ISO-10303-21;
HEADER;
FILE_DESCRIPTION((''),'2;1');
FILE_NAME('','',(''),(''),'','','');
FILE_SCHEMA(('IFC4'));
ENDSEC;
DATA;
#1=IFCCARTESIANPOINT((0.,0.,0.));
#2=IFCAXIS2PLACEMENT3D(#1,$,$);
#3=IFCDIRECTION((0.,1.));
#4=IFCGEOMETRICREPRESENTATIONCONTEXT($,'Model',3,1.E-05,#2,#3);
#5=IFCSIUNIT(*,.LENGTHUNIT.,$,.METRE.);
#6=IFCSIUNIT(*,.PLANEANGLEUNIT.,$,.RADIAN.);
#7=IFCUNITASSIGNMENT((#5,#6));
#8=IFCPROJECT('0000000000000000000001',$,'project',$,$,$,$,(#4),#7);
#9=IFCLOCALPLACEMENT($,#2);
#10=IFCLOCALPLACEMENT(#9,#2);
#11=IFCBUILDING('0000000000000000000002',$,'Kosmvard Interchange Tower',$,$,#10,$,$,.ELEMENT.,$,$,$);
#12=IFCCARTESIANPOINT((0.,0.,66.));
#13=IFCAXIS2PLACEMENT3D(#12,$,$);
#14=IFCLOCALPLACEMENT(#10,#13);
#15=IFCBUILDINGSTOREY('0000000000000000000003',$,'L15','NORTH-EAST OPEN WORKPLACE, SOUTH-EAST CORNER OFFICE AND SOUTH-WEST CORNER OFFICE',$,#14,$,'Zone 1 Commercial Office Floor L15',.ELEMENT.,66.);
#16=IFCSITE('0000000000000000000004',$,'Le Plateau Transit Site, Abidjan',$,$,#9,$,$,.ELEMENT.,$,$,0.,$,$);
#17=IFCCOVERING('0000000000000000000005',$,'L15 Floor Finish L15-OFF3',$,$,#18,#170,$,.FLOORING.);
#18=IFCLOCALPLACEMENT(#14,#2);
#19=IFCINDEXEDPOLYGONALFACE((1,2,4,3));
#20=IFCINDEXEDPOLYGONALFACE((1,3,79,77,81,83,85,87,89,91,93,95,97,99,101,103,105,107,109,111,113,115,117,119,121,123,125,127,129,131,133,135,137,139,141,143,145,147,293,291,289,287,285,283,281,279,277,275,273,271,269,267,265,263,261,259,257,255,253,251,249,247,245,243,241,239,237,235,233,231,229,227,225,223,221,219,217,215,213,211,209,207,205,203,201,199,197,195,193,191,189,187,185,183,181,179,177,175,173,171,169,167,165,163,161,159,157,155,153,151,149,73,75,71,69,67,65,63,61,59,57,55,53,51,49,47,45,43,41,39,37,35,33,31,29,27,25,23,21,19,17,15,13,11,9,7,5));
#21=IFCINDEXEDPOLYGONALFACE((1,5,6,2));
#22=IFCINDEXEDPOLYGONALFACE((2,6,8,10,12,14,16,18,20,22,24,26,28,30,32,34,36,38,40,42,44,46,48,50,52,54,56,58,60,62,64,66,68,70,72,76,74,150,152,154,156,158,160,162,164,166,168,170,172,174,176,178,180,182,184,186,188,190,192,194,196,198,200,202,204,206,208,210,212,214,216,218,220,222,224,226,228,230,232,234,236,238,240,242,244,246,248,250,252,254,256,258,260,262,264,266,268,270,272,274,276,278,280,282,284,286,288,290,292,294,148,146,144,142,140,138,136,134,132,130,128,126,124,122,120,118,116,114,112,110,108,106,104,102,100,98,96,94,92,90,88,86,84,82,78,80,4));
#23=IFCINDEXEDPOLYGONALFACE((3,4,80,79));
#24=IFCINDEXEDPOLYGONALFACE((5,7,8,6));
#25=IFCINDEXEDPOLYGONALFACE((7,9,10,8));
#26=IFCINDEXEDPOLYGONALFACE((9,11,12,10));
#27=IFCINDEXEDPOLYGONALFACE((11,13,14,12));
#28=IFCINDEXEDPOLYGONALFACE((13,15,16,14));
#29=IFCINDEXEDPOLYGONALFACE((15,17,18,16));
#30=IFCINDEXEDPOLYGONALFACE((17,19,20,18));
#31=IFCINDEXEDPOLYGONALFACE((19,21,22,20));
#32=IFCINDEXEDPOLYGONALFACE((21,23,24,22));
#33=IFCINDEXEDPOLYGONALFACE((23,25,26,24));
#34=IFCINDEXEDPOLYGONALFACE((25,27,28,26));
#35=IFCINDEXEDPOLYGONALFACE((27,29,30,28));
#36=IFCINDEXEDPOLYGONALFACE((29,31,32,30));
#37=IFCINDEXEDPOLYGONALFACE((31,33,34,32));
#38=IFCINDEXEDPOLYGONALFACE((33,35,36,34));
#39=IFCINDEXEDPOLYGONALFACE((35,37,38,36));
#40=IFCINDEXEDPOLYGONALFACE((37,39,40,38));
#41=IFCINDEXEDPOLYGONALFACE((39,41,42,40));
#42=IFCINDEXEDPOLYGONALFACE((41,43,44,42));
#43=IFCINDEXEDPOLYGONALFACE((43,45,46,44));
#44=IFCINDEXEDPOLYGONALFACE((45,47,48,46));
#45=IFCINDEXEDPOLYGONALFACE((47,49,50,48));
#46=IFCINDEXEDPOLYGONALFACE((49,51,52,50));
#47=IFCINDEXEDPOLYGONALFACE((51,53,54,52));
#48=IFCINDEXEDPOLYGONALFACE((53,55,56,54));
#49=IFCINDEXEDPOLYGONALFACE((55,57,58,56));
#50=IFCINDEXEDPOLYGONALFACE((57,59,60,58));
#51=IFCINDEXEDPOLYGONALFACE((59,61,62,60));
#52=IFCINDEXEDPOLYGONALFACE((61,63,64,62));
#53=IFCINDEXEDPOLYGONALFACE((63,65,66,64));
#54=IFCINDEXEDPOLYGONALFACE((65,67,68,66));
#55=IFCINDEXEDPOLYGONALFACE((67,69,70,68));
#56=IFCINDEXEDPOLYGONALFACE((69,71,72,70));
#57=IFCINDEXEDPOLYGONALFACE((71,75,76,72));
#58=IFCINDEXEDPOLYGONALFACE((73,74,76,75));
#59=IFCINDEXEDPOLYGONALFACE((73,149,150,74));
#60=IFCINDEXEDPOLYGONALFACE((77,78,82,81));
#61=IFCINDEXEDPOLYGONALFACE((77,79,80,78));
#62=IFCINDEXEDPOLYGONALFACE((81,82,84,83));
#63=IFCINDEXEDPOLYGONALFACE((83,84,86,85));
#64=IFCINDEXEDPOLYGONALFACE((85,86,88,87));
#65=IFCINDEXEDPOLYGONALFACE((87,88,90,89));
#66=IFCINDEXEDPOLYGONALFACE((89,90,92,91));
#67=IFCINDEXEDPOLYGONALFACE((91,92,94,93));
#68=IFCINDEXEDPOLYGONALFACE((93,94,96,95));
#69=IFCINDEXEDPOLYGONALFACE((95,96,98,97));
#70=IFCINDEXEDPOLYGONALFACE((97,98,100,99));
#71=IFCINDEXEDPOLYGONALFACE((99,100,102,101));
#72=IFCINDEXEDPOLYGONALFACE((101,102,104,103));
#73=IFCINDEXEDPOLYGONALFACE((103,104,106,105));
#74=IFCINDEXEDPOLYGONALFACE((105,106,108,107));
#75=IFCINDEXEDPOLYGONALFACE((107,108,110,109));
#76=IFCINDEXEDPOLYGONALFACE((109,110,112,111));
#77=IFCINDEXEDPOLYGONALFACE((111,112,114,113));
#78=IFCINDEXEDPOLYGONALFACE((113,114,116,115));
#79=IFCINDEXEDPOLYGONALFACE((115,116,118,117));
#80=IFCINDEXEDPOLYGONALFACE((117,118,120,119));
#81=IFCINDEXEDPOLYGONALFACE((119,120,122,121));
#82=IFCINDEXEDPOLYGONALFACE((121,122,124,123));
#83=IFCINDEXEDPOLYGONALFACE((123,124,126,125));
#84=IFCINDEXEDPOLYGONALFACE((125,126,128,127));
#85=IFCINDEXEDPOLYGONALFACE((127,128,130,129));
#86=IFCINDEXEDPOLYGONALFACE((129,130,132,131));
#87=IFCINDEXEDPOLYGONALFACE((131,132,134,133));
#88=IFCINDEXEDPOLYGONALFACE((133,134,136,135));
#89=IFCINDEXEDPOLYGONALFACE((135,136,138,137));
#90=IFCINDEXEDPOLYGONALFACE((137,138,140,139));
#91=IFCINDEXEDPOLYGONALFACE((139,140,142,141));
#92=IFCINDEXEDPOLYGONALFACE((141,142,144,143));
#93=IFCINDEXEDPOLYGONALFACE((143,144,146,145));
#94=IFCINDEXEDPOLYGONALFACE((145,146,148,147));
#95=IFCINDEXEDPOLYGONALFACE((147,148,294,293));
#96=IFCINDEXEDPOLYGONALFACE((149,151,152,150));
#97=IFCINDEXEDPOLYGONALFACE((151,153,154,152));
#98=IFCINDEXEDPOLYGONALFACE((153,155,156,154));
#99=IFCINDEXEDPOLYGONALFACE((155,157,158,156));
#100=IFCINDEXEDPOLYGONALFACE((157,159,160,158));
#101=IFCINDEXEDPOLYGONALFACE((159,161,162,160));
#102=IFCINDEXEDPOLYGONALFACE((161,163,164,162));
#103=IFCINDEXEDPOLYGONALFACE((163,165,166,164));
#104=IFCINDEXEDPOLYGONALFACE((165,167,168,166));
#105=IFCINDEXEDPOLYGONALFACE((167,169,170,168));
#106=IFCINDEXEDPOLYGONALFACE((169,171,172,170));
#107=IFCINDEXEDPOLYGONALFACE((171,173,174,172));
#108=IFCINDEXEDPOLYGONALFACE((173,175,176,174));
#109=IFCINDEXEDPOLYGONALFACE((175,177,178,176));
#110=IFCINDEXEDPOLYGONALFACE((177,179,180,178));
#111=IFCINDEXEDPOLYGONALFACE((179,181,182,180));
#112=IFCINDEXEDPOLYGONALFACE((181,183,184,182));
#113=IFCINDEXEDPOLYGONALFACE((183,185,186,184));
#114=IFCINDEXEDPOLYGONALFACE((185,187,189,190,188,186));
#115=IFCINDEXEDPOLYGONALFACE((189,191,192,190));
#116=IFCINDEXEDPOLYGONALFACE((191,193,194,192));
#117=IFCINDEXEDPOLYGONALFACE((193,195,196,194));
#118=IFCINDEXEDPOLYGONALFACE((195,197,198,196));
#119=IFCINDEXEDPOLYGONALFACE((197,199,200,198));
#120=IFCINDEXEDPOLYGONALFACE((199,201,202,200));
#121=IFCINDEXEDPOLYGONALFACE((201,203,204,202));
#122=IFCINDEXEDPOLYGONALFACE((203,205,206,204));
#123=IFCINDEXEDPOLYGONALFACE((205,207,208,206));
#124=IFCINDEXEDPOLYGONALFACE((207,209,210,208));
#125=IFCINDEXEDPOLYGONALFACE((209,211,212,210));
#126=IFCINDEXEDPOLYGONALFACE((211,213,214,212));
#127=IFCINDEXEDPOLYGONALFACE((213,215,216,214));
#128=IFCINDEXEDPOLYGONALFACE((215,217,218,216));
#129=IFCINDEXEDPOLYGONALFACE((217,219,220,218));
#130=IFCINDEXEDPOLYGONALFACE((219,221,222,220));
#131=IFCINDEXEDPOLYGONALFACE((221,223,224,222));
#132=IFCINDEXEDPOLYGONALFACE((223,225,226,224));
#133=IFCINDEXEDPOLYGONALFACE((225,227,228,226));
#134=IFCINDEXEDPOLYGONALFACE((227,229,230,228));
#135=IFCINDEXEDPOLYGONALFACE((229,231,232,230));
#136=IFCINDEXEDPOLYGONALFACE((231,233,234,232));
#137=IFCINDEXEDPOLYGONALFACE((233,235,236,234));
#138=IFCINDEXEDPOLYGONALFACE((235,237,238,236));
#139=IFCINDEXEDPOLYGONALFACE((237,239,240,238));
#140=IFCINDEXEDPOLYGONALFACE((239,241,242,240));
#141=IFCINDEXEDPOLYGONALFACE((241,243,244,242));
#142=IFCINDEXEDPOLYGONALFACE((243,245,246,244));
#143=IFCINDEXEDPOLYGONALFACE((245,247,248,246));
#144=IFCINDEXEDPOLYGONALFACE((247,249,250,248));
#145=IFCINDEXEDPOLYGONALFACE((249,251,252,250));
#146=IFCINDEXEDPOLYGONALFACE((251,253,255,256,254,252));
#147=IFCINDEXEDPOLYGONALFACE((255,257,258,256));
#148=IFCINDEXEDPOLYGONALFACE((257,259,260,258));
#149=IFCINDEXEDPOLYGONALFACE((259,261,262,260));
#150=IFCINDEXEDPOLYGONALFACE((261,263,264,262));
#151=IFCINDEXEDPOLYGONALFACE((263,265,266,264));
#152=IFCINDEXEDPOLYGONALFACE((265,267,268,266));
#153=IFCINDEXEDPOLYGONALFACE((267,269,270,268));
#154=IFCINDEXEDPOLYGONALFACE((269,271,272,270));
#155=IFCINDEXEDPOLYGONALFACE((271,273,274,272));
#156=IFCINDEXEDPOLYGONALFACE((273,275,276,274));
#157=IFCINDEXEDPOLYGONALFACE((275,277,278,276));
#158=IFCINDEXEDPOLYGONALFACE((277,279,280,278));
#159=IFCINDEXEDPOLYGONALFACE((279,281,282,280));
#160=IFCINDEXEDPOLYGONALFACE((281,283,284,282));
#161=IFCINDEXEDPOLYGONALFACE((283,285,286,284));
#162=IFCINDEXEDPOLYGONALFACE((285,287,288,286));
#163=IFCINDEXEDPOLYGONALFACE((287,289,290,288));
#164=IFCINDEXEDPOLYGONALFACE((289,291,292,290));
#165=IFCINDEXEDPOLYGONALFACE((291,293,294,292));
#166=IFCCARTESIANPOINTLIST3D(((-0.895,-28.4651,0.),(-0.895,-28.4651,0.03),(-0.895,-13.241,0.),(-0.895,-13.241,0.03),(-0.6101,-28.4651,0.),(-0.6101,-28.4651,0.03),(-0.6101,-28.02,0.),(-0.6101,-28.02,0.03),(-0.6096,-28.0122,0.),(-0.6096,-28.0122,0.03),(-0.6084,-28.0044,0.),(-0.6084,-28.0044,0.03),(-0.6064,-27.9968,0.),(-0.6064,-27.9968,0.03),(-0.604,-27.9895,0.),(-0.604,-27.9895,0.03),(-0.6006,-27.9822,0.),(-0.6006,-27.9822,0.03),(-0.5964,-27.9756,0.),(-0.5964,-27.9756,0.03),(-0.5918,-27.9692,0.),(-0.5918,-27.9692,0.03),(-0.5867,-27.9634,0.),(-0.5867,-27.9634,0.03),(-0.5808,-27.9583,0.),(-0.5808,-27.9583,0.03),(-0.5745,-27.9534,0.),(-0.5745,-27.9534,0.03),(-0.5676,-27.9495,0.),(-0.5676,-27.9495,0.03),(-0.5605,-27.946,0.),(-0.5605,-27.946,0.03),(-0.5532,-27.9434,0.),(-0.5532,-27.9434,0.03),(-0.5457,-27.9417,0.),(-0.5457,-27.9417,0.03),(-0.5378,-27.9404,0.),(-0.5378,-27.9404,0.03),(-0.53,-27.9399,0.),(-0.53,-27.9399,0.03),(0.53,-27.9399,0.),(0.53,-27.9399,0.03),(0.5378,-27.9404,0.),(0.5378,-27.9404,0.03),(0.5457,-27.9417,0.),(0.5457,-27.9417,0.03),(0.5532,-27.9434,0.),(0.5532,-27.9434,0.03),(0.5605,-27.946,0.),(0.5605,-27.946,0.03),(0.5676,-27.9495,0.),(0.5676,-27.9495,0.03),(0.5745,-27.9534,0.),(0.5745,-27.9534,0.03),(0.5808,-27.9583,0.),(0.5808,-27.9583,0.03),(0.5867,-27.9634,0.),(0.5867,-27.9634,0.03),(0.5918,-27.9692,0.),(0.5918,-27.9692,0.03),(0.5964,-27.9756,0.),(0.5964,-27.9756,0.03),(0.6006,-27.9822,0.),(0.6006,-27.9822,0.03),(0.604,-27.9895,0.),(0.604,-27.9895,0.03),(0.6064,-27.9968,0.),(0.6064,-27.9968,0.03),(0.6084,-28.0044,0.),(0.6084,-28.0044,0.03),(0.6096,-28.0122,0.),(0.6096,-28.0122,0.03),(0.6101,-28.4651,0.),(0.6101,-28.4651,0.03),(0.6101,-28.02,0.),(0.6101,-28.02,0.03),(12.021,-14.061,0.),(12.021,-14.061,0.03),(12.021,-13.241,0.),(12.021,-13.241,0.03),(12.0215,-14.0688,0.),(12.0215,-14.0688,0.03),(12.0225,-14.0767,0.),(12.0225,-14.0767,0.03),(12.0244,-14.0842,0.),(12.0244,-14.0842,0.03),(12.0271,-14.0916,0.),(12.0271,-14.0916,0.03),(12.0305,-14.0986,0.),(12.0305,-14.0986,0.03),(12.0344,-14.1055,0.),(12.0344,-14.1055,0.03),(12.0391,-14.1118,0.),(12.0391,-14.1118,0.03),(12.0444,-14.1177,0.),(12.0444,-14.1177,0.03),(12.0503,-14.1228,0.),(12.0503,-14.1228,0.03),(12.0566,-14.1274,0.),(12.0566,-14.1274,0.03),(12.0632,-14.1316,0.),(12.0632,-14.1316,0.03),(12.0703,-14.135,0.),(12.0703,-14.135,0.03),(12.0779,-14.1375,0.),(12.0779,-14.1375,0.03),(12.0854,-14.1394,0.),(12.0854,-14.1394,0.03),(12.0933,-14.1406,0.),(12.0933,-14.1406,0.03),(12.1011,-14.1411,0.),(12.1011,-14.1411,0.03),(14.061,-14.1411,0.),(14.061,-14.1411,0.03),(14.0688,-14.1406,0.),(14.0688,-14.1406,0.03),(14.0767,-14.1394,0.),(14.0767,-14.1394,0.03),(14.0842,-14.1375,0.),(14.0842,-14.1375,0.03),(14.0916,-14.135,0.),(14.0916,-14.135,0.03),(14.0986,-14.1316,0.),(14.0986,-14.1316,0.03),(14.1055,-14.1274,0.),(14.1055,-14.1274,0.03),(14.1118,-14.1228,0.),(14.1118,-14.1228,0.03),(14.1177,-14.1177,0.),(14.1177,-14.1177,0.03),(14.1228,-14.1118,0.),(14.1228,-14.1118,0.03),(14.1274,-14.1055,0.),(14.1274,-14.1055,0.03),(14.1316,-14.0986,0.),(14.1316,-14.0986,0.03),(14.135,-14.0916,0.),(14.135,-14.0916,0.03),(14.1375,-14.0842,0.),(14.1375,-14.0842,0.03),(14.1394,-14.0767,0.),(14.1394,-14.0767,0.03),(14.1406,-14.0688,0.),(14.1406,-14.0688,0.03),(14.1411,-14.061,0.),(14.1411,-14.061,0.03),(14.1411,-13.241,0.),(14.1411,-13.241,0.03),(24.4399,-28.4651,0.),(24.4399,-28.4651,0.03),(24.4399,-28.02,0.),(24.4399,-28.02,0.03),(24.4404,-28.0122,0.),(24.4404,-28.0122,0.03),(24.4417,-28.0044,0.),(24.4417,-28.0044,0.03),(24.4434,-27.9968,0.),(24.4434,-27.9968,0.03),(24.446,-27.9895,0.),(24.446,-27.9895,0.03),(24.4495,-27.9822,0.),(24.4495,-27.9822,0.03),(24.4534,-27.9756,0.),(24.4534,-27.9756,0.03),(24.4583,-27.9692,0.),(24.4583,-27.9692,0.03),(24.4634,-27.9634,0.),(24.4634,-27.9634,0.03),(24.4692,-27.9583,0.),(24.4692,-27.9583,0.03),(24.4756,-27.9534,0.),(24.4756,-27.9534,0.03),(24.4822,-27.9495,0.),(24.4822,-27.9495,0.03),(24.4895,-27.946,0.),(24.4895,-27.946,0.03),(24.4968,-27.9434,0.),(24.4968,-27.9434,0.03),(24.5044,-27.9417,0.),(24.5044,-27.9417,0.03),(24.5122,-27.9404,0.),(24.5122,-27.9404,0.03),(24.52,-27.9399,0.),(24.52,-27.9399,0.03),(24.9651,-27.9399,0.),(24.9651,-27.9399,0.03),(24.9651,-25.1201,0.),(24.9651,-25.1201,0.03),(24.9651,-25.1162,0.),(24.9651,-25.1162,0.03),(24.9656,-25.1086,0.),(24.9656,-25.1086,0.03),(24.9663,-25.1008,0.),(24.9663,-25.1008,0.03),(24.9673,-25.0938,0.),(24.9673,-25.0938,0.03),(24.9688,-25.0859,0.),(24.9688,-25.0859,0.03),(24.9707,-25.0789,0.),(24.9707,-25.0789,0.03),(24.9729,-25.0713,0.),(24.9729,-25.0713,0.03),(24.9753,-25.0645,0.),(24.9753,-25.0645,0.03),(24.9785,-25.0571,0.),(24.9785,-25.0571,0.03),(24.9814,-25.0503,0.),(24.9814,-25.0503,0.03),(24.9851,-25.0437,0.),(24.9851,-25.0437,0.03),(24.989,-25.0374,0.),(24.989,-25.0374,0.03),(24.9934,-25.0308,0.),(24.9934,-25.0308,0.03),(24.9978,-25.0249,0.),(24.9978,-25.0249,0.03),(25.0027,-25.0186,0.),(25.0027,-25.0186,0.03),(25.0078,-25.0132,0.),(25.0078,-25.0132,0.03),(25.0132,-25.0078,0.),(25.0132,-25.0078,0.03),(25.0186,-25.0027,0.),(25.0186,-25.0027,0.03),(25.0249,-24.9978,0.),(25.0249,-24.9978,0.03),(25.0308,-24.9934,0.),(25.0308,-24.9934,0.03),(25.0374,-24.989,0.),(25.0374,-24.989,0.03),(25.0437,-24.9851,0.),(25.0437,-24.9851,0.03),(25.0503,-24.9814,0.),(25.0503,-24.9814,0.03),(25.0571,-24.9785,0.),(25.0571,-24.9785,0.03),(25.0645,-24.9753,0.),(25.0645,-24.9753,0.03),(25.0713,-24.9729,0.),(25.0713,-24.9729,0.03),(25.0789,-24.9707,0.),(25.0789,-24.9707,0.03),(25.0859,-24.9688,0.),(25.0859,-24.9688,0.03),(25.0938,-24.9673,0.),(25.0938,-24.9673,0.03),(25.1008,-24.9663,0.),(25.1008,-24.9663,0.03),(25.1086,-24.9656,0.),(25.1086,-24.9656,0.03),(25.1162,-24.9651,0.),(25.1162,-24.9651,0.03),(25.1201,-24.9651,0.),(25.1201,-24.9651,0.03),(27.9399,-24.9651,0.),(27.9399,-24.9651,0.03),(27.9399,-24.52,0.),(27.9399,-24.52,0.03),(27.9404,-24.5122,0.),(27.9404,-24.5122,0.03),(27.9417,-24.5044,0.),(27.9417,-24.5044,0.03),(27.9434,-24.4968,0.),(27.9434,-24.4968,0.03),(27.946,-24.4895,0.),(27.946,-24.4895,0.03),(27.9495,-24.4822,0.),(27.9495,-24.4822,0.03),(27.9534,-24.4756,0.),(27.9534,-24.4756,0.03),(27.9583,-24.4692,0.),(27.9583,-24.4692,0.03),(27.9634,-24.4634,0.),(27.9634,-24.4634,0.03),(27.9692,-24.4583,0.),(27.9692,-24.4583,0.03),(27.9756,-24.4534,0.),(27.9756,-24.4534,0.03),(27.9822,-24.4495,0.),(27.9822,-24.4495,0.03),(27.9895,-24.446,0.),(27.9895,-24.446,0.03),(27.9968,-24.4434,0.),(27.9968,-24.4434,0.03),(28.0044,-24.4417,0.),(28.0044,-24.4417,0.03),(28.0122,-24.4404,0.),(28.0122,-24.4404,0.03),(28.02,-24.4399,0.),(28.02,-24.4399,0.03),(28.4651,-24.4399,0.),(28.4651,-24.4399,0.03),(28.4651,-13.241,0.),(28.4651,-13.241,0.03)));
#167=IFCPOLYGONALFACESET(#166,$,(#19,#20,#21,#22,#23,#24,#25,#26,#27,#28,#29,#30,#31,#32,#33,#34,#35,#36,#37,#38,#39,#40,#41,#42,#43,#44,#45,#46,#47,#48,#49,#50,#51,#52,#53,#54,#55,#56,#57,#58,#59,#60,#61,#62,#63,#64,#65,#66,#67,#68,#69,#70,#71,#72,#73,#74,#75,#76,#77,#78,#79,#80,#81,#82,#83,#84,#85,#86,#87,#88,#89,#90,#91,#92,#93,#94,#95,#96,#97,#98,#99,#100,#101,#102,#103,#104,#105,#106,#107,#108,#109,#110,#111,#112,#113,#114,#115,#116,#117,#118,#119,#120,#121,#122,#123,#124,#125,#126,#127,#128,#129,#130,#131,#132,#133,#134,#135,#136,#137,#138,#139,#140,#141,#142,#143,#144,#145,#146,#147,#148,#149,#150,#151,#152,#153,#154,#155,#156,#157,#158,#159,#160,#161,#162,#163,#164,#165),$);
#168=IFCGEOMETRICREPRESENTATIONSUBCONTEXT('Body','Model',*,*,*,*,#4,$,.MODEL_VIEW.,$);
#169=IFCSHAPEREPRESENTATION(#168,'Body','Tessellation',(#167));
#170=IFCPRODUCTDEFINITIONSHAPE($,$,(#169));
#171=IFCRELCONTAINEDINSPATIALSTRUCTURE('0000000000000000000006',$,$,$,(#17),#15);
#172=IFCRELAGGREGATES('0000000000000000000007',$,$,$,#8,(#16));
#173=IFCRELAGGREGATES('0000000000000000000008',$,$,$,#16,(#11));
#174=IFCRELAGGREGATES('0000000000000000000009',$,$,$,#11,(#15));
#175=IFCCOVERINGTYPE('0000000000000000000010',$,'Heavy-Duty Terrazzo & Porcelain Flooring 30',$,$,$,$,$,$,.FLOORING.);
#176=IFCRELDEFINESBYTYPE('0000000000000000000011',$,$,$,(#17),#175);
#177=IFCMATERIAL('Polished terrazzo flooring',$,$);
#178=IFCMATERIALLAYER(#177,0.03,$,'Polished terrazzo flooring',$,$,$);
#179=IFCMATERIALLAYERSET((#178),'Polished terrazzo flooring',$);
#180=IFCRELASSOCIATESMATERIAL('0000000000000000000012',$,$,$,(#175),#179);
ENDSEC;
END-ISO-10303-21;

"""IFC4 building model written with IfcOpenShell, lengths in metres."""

from ifc_helpers import new_model, si_unit, direction, frame, origin, place, context, subcontext, project, spatial, polyline, outline, extrude, material, layer, layer_set, type_object, element, save


model = new_model("IFC4")

# Units and contexts
model_context = context("Model", 3, precision=1e-05, world=origin(), true_north=direction((0.0, 1.0)))
body_context = subcontext(model_context, "Body", "Model", "MODEL_VIEW")
ifc_project = project(units=[si_unit("LENGTHUNIT", "METRE"), si_unit("PLANEANGLEUNIT", "RADIAN")], contexts=[model_context])

# Site, building, storey
site_placement = place(None, origin())
site = spatial("IfcSite", under=ifc_project, at=site_placement, Name="Le Plateau Transit Site, Abidjan", CompositionType="ELEMENT", RefElevation=0.0)
building_placement = place(site_placement, origin())
building = spatial("IfcBuilding", under=site, at=building_placement, Name="Kosmvard Interchange Tower", CompositionType="ELEMENT")
storey_placement = place(building_placement, frame((0.0, 0.0, 66.0)))
storey = spatial("IfcBuildingStorey", under=building, at=storey_placement, Name="L15", Description="NORTH-EAST OPEN WORKPLACE, SOUTH-EAST CORNER OFFICE AND SOUTH-WEST CORNER OFFICE", LongName="Zone 1 Commercial Office Floor L15", CompositionType="ELEMENT", Elevation=66.0)

# Covering
ifc_material_1 = material(Name="Polished terrazzo flooring")
ifc_layer_1 = layer(ifc_material_1, 0.03, Name="Polished terrazzo flooring")
ifc_layer_set_1 = layer_set([ifc_layer_1], Name="Polished terrazzo flooring")
covering_type_1 = type_object("IfcCoveringType", Name="Heavy-Duty Terrazzo & Porcelain Flooring 30", PredefinedType="FLOORING", material=ifc_layer_set_1)
covering_1_placement = place(storey_placement, origin())
element("IfcCovering", 1, at=covering_1_placement, inside=storey, type_object=covering_type_1, Name="L15 Floor Finish L15-OFF3", PredefinedType="FLOORING", context=body_context, shape_type="SweptSolid", body=[
    extrude(outline(polyline([(12.021, -14.061), (12.021, -13.241), (-0.895, -13.241), (-0.895, -28.4651), (-0.6101, -28.4651), (-0.6101, -28.02), (-0.6096, -28.0122), (-0.6084, -28.0044), (-0.6064, -27.9968), (-0.604, -27.9895), (-0.6006, -27.9822), (-0.5964, -27.9756), (-0.5918, -27.9692), (-0.5867, -27.9634), (-0.5808, -27.9583), (-0.5745, -27.9534), (-0.5676, -27.9495), (-0.5605, -27.946), (-0.5532, -27.9434), (-0.5457, -27.9417), (-0.5378, -27.9404), (-0.53, -27.9399), (0.53, -27.9399), (0.5378, -27.9404), (0.5457, -27.9417), (0.5532, -27.9434), (0.5605, -27.946), (0.5676, -27.9495), (0.5745, -27.9534), (0.5808, -27.9583), (0.5867, -27.9634), (0.5918, -27.9692), (0.5964, -27.9756), (0.6006, -27.9822), (0.604, -27.9895), (0.6064, -27.9968), (0.6084, -28.0044), (0.6096, -28.0122), (0.6101, -28.02), (0.6101, -28.4651), (24.4399, -28.4651), (24.4399, -28.02), (24.4404, -28.0122), (24.4417, -28.0044), (24.4434, -27.9968), (24.446, -27.9895), (24.4495, -27.9822), (24.4534, -27.9756), (24.4583, -27.9692), (24.4634, -27.9634), (24.4692, -27.9583), (24.4756, -27.9534), (24.4822, -27.9495), (24.4895, -27.946), (24.4968, -27.9434), (24.5044, -27.9417), (24.5122, -27.9404), (24.52, -27.9399), (24.9651, -27.9399), (24.9651, -25.1201), (24.9651, -25.1162), (24.9656, -25.1086), (24.9663, -25.1008), (24.9673, -25.0938), (24.9688, -25.0859), (24.9707, -25.0789), (24.9729, -25.0713), (24.9753, -25.0645), (24.9785, -25.0571), (24.9814, -25.0503), (24.9851, -25.0437), (24.989, -25.0374), (24.9934, -25.0308), (24.9978, -25.0249), (25.0027, -25.0186), (25.0078, -25.0132), (25.0132, -25.0078), (25.0186, -25.0027), (25.0249, -24.9978), (25.0308, -24.9934), (25.0374, -24.989), (25.0437, -24.9851), (25.0503, -24.9814), (25.0571, -24.9785), (25.0645, -24.9753), (25.0713, -24.9729), (25.0789, -24.9707), (25.0859, -24.9688), (25.0938, -24.9673), (25.1008, -24.9663), (25.1086, -24.9656), (25.1162, -24.9651), (25.1201, -24.9651), (27.9399, -24.9651), (27.9399, -24.52), (27.9404, -24.5122), (27.9417, -24.5044), (27.9434, -24.4968), (27.946, -24.4895), (27.9495, -24.4822), (27.9534, -24.4756), (27.9583, -24.4692), (27.9634, -24.4634), (27.9692, -24.4583), (27.9756, -24.4534), (27.9822, -24.4495), (27.9895, -24.446), (27.9968, -24.4434), (28.0044, -24.4417), (28.0122, -24.4404), (28.02, -24.4399), (28.4651, -24.4399), (28.4651, -13.241), (14.1411, -13.241), (14.1411, -14.061), (14.1406, -14.0688), (14.1394, -14.0767), (14.1375, -14.0842), (14.135, -14.0916), (14.1316, -14.0986), (14.1274, -14.1055), (14.1228, -14.1118), (14.1177, -14.1177), (14.1118, -14.1228), (14.1055, -14.1274), (14.0986, -14.1316), (14.0916, -14.135), (14.0842, -14.1375), (14.0767, -14.1394), (14.0688, -14.1406), (14.061, -14.1411), (12.1011, -14.1411), (12.0933, -14.1406), (12.0854, -14.1394), (12.0779, -14.1375), (12.0703, -14.135), (12.0632, -14.1316), (12.0566, -14.1274), (12.0503, -14.1228), (12.0444, -14.1177), (12.0391, -14.1118), (12.0344, -14.1055), (12.0305, -14.0986), (12.0271, -14.0916), (12.0244, -14.0842), (12.0225, -14.0767), (12.0215, -14.0688), (12.021, -14.061)])), origin(), (0.0, 0.0, 1.0), 0.03),
])

save(model, "model.ifc")
